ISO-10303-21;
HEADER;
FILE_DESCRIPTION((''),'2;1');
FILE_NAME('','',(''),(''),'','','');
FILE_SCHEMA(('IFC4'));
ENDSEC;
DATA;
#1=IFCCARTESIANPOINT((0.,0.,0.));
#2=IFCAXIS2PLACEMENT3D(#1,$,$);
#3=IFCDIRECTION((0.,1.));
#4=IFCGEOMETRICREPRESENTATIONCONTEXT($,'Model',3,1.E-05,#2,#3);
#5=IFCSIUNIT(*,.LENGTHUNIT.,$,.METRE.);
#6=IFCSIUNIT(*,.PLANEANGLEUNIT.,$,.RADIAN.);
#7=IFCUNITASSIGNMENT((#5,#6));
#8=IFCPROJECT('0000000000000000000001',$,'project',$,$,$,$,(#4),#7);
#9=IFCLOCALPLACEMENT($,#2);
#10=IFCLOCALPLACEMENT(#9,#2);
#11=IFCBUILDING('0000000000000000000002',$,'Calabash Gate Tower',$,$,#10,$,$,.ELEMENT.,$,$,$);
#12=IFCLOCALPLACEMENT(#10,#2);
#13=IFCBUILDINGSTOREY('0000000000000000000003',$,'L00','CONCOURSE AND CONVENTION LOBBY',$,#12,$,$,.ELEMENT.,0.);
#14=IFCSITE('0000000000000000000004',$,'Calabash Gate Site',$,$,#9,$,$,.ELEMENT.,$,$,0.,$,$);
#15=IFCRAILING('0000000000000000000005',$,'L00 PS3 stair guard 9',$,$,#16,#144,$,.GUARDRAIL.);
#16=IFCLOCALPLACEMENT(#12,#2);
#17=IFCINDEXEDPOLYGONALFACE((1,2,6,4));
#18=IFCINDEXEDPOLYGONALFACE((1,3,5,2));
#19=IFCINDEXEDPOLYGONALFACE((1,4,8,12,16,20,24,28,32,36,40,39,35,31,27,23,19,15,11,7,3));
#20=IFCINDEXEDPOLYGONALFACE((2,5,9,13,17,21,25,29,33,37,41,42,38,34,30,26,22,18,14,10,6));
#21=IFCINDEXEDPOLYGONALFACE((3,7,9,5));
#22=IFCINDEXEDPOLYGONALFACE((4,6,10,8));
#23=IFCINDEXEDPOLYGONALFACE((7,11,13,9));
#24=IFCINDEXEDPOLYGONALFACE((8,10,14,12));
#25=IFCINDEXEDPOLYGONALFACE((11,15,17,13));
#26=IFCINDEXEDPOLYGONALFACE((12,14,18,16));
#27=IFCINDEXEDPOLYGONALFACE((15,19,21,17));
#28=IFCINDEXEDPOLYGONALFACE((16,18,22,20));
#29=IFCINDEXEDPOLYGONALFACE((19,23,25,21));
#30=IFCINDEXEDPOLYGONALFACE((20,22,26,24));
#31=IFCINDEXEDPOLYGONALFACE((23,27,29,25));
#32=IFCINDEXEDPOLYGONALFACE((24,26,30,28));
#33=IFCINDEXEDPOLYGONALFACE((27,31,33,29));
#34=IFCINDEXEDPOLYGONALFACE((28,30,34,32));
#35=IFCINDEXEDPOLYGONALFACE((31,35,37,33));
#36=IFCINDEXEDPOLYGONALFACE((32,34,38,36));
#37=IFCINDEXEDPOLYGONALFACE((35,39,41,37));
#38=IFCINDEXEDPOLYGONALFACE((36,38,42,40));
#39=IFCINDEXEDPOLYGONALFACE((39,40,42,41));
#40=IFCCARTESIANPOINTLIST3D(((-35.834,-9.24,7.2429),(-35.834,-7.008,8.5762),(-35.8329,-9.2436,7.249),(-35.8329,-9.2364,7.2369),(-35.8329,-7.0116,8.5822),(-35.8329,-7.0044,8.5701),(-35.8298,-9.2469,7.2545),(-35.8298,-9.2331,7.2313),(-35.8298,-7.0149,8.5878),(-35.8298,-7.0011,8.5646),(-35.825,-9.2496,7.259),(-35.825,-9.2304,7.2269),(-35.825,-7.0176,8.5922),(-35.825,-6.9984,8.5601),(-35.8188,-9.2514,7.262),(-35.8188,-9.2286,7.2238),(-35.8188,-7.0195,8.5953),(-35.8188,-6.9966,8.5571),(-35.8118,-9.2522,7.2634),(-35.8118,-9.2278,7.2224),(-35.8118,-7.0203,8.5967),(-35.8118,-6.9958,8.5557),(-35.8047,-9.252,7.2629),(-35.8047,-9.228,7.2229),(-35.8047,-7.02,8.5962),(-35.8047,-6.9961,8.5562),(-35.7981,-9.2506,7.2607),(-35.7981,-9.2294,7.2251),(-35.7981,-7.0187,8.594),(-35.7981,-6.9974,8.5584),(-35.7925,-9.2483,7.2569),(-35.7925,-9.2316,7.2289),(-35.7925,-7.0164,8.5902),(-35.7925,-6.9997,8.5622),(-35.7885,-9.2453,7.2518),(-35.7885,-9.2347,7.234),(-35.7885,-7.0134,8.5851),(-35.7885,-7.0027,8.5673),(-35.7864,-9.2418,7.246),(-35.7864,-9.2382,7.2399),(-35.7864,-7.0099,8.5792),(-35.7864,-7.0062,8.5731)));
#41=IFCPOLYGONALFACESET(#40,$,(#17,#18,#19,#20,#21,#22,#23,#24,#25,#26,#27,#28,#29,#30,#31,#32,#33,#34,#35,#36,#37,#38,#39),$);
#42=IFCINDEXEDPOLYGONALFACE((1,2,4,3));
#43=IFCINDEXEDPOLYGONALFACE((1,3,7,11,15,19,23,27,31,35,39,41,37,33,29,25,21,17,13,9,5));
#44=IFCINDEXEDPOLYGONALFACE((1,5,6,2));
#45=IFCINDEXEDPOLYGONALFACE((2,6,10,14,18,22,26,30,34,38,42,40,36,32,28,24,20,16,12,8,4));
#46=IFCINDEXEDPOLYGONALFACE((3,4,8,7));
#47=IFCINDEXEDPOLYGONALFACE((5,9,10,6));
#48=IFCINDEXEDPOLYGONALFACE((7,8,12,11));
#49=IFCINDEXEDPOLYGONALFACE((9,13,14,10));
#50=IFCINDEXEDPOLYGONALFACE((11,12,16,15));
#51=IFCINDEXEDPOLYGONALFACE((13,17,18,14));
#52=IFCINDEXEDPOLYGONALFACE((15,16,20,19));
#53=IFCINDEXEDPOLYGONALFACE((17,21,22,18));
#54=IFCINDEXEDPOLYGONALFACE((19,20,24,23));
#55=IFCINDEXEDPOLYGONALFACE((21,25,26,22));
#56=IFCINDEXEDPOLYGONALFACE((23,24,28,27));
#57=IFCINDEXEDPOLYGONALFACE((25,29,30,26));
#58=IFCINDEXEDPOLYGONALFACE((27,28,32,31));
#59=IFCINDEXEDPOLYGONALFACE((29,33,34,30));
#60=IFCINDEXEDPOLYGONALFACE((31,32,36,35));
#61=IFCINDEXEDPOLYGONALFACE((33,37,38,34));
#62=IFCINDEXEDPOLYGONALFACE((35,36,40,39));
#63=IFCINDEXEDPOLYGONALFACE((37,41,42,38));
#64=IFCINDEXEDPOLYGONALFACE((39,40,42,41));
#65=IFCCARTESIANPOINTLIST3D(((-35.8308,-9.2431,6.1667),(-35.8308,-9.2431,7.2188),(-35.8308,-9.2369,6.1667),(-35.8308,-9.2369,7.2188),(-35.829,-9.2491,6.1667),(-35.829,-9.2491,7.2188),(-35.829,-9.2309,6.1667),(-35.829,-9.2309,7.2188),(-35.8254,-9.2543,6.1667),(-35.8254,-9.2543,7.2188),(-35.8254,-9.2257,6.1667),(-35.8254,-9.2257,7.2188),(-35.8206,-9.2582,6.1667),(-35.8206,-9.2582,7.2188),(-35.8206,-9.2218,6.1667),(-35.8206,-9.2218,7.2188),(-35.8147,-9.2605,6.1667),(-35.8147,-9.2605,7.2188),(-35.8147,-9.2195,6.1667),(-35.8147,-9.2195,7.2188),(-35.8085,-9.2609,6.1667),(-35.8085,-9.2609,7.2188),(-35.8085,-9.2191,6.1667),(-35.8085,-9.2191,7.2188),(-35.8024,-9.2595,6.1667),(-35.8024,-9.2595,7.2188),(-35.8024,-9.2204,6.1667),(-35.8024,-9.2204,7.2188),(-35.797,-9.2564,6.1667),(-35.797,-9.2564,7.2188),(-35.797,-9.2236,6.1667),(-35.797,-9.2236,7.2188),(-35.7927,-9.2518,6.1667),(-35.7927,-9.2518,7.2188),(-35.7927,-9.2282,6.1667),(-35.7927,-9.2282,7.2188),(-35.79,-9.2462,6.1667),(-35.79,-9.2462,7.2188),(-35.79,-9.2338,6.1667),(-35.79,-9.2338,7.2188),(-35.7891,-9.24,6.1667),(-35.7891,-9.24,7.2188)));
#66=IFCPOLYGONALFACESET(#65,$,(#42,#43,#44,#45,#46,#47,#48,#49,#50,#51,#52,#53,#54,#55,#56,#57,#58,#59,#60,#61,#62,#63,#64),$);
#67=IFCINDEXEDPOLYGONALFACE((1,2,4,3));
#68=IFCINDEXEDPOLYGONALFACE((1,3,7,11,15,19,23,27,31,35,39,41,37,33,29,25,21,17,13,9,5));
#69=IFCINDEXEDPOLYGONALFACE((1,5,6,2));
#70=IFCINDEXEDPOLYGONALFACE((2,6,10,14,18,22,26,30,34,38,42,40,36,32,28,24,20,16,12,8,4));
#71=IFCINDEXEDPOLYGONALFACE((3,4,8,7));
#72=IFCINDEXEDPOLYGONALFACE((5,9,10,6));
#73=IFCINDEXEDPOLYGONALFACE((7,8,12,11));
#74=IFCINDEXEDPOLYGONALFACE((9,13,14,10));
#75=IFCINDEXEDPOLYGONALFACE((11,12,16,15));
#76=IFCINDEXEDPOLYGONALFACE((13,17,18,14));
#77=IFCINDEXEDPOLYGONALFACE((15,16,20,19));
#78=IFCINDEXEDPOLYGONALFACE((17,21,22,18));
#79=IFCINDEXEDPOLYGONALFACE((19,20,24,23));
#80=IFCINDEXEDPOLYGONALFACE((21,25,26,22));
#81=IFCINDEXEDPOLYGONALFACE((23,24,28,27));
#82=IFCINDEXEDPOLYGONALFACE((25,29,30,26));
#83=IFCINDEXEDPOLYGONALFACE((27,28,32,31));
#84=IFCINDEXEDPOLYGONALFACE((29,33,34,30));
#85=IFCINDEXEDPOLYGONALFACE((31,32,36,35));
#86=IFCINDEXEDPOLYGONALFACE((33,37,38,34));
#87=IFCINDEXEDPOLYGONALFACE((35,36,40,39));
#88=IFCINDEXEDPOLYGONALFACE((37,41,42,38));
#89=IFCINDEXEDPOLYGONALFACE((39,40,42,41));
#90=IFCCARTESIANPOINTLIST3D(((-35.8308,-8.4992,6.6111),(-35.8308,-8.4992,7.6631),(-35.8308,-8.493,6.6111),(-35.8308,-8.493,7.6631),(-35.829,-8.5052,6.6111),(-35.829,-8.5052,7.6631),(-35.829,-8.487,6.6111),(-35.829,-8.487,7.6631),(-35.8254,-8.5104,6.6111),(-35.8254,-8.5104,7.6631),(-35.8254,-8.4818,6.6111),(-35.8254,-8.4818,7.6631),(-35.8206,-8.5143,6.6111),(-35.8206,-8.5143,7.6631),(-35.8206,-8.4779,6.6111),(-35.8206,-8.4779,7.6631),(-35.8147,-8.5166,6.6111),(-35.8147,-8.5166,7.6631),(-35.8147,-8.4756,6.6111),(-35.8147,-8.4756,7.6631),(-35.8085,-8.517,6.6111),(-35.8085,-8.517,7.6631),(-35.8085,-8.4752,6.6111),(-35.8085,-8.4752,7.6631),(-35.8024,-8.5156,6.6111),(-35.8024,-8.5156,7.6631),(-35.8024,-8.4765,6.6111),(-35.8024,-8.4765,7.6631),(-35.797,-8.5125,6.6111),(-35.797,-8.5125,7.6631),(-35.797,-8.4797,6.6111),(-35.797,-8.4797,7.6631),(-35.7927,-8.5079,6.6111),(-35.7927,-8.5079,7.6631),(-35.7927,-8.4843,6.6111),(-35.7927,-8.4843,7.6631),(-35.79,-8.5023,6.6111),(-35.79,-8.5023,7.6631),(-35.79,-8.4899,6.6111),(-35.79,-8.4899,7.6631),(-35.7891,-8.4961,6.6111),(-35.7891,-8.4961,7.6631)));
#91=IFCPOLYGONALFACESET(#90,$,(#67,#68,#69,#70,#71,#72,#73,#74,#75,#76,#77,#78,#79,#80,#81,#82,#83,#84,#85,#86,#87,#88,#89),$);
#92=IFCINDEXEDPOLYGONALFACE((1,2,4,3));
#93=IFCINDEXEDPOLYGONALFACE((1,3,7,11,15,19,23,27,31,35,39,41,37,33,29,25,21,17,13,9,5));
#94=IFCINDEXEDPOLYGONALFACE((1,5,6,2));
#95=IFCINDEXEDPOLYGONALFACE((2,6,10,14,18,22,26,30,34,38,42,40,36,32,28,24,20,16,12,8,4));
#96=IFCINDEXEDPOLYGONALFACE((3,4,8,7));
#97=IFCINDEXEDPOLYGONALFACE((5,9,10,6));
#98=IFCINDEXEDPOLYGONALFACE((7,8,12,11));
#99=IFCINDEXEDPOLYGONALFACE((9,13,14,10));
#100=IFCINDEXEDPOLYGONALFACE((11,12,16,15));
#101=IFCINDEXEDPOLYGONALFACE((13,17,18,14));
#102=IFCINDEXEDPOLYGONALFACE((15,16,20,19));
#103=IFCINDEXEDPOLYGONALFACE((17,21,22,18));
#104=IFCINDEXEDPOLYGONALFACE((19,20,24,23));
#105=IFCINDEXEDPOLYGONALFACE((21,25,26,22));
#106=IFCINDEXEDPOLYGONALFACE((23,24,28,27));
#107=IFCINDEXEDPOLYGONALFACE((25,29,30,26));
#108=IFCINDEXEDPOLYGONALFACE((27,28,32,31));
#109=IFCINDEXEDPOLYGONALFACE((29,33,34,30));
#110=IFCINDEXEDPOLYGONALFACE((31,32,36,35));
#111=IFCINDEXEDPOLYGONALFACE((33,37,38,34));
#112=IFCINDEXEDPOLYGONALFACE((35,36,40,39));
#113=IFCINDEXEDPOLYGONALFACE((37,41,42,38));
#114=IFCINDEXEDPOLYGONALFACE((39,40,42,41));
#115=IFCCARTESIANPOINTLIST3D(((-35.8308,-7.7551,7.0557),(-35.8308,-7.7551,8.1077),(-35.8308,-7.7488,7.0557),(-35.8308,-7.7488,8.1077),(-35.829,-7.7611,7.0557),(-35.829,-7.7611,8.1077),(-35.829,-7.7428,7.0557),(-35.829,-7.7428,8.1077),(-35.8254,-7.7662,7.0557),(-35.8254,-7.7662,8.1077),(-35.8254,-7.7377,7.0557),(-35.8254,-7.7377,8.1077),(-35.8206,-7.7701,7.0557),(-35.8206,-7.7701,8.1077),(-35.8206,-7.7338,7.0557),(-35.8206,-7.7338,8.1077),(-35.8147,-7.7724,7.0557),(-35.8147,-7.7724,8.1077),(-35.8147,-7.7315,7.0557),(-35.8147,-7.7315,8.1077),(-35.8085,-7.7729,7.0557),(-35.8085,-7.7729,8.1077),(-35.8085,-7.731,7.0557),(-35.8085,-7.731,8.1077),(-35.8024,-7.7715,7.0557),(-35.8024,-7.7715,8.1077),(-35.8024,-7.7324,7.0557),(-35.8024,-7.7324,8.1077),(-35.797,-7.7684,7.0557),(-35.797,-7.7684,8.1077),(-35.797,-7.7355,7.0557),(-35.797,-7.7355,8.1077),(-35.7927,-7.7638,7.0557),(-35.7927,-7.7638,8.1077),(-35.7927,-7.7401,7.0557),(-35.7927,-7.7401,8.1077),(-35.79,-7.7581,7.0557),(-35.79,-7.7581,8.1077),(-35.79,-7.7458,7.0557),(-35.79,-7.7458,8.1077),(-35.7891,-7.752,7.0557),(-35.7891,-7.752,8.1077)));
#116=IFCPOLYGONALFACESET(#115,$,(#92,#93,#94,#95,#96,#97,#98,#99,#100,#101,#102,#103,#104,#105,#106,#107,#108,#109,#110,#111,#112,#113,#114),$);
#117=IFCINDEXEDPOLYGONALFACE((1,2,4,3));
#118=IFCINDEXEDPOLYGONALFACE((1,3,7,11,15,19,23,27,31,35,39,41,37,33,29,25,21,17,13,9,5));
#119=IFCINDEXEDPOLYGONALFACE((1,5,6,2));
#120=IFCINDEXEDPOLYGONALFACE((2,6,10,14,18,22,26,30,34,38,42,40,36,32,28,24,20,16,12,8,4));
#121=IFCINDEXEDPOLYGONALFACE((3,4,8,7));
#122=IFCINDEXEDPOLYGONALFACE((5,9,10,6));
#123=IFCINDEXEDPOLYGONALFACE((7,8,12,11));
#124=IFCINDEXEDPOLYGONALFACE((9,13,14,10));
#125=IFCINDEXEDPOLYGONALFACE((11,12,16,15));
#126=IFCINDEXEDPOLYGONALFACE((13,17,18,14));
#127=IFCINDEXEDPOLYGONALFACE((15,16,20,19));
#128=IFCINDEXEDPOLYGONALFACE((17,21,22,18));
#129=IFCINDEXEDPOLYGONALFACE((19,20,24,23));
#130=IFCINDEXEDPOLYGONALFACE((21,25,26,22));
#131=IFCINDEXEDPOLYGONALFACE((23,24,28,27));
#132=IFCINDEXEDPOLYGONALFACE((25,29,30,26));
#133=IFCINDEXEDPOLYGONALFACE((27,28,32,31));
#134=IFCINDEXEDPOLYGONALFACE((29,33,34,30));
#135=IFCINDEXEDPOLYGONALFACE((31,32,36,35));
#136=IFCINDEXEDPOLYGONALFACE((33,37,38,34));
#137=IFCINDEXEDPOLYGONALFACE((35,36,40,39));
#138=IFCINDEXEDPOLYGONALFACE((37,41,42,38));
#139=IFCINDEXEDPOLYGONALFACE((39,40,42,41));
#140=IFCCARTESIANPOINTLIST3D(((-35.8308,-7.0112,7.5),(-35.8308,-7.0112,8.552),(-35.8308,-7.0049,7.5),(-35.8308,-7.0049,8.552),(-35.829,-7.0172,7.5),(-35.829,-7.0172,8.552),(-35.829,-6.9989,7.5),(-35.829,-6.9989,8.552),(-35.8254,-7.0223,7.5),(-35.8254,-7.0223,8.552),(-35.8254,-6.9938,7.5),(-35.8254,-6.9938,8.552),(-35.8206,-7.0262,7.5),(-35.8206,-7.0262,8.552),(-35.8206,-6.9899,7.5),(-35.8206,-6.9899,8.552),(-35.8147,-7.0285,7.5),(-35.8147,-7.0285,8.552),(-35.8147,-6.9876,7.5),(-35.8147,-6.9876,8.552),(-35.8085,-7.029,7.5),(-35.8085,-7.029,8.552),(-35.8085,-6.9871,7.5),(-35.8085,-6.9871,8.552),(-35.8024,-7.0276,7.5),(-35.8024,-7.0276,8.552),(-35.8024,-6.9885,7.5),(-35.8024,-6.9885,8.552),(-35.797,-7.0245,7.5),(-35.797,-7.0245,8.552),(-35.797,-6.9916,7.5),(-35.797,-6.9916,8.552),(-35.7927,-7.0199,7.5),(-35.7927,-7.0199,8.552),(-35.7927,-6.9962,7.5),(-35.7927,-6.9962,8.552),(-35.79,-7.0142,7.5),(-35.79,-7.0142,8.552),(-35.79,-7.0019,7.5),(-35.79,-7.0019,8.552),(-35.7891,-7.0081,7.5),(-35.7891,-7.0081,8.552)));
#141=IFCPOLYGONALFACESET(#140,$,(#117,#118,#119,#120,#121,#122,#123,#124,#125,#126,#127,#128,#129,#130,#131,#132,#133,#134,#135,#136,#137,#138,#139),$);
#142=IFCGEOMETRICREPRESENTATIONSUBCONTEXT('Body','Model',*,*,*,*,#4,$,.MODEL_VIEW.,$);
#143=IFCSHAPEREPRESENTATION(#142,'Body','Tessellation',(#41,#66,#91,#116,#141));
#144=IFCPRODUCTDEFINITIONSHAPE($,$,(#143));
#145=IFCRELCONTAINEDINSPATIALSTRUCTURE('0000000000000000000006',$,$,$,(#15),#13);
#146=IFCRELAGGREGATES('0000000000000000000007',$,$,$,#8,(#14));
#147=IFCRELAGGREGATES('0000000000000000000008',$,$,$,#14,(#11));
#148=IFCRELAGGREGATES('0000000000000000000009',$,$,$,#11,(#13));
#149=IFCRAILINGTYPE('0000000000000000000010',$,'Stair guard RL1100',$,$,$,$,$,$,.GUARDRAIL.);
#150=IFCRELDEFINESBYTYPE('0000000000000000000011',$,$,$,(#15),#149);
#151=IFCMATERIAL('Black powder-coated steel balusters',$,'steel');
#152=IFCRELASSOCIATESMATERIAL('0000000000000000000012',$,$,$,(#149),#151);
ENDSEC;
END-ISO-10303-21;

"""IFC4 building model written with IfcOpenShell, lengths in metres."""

from ifc_helpers import new_model, si_unit, direction, frame, origin, origin_2d, place, context, subcontext, project, spatial, circle, extrude, material, type_object, element, save


model = new_model("IFC4")

# Units and contexts
model_context = context("Model", 3, precision=1e-05, world=origin(), true_north=direction((0.0, 1.0)))
body_context = subcontext(model_context, "Body", "Model", "MODEL_VIEW")
ifc_project = project(units=[si_unit("LENGTHUNIT", "METRE"), si_unit("PLANEANGLEUNIT", "RADIAN")], contexts=[model_context])

# Site, building, storey
site_placement = place(None, origin())
site = spatial("IfcSite", under=ifc_project, at=site_placement, Name="Calabash Gate Site", CompositionType="ELEMENT", RefElevation=0.0)
building_placement = place(site_placement, origin())
building = spatial("IfcBuilding", under=site, at=building_placement, Name="Calabash Gate Tower", CompositionType="ELEMENT")
storey_placement = place(building_placement, origin())
storey = spatial("IfcBuildingStorey", under=building, at=storey_placement, Name="L00", Description="CONCOURSE AND CONVENTION LOBBY", CompositionType="ELEMENT", Elevation=0.0)

# Railing
ifc_material_1 = material(Name="Black powder-coated steel balusters", Category="steel")
railing_type_1 = type_object("IfcRailingType", Name="Stair guard RL1100", PredefinedType="GUARDRAIL", material=ifc_material_1)
railing_1_placement = place(storey_placement, frame((-35.8101, -9.24, 6.1667)))
element("IfcRailing", 1, at=railing_1_placement, inside=storey, type_object=railing_type_1, Name="L00 PS3 stair guard 9", PredefinedType="GUARDRAIL", context=body_context, shape_type="SweptSolid", body=[
    extrude(circle(Radius=0.0239, at=origin_2d()), frame((0.0, 0.0, 1.0762), z_axis=(0.0, 0.858494, 0.512824), x_axis=(-1.0, 0.0, 0.0)), (0.0, 0.0, 1.0), 2.5999),
    extrude(circle(Radius=0.021, at=origin_2d()), origin(), (0.0, 0.0, 1.0), 1.052),
    extrude(circle(Radius=0.021, at=origin_2d()), frame((0.0, 0.7439, 0.4443)), (0.0, 0.0, 1.0), 1.052),
    extrude(circle(Radius=0.021, at=origin_2d()), frame((0.0, 1.488, 0.8889)), (0.0, 0.0, 1.0), 1.052),
    extrude(circle(Radius=0.021, at=origin_2d()), frame((0.0, 2.2319, 1.3333)), (0.0, 0.0, 1.0), 1.052),
])

save(model, "model.ifc")
